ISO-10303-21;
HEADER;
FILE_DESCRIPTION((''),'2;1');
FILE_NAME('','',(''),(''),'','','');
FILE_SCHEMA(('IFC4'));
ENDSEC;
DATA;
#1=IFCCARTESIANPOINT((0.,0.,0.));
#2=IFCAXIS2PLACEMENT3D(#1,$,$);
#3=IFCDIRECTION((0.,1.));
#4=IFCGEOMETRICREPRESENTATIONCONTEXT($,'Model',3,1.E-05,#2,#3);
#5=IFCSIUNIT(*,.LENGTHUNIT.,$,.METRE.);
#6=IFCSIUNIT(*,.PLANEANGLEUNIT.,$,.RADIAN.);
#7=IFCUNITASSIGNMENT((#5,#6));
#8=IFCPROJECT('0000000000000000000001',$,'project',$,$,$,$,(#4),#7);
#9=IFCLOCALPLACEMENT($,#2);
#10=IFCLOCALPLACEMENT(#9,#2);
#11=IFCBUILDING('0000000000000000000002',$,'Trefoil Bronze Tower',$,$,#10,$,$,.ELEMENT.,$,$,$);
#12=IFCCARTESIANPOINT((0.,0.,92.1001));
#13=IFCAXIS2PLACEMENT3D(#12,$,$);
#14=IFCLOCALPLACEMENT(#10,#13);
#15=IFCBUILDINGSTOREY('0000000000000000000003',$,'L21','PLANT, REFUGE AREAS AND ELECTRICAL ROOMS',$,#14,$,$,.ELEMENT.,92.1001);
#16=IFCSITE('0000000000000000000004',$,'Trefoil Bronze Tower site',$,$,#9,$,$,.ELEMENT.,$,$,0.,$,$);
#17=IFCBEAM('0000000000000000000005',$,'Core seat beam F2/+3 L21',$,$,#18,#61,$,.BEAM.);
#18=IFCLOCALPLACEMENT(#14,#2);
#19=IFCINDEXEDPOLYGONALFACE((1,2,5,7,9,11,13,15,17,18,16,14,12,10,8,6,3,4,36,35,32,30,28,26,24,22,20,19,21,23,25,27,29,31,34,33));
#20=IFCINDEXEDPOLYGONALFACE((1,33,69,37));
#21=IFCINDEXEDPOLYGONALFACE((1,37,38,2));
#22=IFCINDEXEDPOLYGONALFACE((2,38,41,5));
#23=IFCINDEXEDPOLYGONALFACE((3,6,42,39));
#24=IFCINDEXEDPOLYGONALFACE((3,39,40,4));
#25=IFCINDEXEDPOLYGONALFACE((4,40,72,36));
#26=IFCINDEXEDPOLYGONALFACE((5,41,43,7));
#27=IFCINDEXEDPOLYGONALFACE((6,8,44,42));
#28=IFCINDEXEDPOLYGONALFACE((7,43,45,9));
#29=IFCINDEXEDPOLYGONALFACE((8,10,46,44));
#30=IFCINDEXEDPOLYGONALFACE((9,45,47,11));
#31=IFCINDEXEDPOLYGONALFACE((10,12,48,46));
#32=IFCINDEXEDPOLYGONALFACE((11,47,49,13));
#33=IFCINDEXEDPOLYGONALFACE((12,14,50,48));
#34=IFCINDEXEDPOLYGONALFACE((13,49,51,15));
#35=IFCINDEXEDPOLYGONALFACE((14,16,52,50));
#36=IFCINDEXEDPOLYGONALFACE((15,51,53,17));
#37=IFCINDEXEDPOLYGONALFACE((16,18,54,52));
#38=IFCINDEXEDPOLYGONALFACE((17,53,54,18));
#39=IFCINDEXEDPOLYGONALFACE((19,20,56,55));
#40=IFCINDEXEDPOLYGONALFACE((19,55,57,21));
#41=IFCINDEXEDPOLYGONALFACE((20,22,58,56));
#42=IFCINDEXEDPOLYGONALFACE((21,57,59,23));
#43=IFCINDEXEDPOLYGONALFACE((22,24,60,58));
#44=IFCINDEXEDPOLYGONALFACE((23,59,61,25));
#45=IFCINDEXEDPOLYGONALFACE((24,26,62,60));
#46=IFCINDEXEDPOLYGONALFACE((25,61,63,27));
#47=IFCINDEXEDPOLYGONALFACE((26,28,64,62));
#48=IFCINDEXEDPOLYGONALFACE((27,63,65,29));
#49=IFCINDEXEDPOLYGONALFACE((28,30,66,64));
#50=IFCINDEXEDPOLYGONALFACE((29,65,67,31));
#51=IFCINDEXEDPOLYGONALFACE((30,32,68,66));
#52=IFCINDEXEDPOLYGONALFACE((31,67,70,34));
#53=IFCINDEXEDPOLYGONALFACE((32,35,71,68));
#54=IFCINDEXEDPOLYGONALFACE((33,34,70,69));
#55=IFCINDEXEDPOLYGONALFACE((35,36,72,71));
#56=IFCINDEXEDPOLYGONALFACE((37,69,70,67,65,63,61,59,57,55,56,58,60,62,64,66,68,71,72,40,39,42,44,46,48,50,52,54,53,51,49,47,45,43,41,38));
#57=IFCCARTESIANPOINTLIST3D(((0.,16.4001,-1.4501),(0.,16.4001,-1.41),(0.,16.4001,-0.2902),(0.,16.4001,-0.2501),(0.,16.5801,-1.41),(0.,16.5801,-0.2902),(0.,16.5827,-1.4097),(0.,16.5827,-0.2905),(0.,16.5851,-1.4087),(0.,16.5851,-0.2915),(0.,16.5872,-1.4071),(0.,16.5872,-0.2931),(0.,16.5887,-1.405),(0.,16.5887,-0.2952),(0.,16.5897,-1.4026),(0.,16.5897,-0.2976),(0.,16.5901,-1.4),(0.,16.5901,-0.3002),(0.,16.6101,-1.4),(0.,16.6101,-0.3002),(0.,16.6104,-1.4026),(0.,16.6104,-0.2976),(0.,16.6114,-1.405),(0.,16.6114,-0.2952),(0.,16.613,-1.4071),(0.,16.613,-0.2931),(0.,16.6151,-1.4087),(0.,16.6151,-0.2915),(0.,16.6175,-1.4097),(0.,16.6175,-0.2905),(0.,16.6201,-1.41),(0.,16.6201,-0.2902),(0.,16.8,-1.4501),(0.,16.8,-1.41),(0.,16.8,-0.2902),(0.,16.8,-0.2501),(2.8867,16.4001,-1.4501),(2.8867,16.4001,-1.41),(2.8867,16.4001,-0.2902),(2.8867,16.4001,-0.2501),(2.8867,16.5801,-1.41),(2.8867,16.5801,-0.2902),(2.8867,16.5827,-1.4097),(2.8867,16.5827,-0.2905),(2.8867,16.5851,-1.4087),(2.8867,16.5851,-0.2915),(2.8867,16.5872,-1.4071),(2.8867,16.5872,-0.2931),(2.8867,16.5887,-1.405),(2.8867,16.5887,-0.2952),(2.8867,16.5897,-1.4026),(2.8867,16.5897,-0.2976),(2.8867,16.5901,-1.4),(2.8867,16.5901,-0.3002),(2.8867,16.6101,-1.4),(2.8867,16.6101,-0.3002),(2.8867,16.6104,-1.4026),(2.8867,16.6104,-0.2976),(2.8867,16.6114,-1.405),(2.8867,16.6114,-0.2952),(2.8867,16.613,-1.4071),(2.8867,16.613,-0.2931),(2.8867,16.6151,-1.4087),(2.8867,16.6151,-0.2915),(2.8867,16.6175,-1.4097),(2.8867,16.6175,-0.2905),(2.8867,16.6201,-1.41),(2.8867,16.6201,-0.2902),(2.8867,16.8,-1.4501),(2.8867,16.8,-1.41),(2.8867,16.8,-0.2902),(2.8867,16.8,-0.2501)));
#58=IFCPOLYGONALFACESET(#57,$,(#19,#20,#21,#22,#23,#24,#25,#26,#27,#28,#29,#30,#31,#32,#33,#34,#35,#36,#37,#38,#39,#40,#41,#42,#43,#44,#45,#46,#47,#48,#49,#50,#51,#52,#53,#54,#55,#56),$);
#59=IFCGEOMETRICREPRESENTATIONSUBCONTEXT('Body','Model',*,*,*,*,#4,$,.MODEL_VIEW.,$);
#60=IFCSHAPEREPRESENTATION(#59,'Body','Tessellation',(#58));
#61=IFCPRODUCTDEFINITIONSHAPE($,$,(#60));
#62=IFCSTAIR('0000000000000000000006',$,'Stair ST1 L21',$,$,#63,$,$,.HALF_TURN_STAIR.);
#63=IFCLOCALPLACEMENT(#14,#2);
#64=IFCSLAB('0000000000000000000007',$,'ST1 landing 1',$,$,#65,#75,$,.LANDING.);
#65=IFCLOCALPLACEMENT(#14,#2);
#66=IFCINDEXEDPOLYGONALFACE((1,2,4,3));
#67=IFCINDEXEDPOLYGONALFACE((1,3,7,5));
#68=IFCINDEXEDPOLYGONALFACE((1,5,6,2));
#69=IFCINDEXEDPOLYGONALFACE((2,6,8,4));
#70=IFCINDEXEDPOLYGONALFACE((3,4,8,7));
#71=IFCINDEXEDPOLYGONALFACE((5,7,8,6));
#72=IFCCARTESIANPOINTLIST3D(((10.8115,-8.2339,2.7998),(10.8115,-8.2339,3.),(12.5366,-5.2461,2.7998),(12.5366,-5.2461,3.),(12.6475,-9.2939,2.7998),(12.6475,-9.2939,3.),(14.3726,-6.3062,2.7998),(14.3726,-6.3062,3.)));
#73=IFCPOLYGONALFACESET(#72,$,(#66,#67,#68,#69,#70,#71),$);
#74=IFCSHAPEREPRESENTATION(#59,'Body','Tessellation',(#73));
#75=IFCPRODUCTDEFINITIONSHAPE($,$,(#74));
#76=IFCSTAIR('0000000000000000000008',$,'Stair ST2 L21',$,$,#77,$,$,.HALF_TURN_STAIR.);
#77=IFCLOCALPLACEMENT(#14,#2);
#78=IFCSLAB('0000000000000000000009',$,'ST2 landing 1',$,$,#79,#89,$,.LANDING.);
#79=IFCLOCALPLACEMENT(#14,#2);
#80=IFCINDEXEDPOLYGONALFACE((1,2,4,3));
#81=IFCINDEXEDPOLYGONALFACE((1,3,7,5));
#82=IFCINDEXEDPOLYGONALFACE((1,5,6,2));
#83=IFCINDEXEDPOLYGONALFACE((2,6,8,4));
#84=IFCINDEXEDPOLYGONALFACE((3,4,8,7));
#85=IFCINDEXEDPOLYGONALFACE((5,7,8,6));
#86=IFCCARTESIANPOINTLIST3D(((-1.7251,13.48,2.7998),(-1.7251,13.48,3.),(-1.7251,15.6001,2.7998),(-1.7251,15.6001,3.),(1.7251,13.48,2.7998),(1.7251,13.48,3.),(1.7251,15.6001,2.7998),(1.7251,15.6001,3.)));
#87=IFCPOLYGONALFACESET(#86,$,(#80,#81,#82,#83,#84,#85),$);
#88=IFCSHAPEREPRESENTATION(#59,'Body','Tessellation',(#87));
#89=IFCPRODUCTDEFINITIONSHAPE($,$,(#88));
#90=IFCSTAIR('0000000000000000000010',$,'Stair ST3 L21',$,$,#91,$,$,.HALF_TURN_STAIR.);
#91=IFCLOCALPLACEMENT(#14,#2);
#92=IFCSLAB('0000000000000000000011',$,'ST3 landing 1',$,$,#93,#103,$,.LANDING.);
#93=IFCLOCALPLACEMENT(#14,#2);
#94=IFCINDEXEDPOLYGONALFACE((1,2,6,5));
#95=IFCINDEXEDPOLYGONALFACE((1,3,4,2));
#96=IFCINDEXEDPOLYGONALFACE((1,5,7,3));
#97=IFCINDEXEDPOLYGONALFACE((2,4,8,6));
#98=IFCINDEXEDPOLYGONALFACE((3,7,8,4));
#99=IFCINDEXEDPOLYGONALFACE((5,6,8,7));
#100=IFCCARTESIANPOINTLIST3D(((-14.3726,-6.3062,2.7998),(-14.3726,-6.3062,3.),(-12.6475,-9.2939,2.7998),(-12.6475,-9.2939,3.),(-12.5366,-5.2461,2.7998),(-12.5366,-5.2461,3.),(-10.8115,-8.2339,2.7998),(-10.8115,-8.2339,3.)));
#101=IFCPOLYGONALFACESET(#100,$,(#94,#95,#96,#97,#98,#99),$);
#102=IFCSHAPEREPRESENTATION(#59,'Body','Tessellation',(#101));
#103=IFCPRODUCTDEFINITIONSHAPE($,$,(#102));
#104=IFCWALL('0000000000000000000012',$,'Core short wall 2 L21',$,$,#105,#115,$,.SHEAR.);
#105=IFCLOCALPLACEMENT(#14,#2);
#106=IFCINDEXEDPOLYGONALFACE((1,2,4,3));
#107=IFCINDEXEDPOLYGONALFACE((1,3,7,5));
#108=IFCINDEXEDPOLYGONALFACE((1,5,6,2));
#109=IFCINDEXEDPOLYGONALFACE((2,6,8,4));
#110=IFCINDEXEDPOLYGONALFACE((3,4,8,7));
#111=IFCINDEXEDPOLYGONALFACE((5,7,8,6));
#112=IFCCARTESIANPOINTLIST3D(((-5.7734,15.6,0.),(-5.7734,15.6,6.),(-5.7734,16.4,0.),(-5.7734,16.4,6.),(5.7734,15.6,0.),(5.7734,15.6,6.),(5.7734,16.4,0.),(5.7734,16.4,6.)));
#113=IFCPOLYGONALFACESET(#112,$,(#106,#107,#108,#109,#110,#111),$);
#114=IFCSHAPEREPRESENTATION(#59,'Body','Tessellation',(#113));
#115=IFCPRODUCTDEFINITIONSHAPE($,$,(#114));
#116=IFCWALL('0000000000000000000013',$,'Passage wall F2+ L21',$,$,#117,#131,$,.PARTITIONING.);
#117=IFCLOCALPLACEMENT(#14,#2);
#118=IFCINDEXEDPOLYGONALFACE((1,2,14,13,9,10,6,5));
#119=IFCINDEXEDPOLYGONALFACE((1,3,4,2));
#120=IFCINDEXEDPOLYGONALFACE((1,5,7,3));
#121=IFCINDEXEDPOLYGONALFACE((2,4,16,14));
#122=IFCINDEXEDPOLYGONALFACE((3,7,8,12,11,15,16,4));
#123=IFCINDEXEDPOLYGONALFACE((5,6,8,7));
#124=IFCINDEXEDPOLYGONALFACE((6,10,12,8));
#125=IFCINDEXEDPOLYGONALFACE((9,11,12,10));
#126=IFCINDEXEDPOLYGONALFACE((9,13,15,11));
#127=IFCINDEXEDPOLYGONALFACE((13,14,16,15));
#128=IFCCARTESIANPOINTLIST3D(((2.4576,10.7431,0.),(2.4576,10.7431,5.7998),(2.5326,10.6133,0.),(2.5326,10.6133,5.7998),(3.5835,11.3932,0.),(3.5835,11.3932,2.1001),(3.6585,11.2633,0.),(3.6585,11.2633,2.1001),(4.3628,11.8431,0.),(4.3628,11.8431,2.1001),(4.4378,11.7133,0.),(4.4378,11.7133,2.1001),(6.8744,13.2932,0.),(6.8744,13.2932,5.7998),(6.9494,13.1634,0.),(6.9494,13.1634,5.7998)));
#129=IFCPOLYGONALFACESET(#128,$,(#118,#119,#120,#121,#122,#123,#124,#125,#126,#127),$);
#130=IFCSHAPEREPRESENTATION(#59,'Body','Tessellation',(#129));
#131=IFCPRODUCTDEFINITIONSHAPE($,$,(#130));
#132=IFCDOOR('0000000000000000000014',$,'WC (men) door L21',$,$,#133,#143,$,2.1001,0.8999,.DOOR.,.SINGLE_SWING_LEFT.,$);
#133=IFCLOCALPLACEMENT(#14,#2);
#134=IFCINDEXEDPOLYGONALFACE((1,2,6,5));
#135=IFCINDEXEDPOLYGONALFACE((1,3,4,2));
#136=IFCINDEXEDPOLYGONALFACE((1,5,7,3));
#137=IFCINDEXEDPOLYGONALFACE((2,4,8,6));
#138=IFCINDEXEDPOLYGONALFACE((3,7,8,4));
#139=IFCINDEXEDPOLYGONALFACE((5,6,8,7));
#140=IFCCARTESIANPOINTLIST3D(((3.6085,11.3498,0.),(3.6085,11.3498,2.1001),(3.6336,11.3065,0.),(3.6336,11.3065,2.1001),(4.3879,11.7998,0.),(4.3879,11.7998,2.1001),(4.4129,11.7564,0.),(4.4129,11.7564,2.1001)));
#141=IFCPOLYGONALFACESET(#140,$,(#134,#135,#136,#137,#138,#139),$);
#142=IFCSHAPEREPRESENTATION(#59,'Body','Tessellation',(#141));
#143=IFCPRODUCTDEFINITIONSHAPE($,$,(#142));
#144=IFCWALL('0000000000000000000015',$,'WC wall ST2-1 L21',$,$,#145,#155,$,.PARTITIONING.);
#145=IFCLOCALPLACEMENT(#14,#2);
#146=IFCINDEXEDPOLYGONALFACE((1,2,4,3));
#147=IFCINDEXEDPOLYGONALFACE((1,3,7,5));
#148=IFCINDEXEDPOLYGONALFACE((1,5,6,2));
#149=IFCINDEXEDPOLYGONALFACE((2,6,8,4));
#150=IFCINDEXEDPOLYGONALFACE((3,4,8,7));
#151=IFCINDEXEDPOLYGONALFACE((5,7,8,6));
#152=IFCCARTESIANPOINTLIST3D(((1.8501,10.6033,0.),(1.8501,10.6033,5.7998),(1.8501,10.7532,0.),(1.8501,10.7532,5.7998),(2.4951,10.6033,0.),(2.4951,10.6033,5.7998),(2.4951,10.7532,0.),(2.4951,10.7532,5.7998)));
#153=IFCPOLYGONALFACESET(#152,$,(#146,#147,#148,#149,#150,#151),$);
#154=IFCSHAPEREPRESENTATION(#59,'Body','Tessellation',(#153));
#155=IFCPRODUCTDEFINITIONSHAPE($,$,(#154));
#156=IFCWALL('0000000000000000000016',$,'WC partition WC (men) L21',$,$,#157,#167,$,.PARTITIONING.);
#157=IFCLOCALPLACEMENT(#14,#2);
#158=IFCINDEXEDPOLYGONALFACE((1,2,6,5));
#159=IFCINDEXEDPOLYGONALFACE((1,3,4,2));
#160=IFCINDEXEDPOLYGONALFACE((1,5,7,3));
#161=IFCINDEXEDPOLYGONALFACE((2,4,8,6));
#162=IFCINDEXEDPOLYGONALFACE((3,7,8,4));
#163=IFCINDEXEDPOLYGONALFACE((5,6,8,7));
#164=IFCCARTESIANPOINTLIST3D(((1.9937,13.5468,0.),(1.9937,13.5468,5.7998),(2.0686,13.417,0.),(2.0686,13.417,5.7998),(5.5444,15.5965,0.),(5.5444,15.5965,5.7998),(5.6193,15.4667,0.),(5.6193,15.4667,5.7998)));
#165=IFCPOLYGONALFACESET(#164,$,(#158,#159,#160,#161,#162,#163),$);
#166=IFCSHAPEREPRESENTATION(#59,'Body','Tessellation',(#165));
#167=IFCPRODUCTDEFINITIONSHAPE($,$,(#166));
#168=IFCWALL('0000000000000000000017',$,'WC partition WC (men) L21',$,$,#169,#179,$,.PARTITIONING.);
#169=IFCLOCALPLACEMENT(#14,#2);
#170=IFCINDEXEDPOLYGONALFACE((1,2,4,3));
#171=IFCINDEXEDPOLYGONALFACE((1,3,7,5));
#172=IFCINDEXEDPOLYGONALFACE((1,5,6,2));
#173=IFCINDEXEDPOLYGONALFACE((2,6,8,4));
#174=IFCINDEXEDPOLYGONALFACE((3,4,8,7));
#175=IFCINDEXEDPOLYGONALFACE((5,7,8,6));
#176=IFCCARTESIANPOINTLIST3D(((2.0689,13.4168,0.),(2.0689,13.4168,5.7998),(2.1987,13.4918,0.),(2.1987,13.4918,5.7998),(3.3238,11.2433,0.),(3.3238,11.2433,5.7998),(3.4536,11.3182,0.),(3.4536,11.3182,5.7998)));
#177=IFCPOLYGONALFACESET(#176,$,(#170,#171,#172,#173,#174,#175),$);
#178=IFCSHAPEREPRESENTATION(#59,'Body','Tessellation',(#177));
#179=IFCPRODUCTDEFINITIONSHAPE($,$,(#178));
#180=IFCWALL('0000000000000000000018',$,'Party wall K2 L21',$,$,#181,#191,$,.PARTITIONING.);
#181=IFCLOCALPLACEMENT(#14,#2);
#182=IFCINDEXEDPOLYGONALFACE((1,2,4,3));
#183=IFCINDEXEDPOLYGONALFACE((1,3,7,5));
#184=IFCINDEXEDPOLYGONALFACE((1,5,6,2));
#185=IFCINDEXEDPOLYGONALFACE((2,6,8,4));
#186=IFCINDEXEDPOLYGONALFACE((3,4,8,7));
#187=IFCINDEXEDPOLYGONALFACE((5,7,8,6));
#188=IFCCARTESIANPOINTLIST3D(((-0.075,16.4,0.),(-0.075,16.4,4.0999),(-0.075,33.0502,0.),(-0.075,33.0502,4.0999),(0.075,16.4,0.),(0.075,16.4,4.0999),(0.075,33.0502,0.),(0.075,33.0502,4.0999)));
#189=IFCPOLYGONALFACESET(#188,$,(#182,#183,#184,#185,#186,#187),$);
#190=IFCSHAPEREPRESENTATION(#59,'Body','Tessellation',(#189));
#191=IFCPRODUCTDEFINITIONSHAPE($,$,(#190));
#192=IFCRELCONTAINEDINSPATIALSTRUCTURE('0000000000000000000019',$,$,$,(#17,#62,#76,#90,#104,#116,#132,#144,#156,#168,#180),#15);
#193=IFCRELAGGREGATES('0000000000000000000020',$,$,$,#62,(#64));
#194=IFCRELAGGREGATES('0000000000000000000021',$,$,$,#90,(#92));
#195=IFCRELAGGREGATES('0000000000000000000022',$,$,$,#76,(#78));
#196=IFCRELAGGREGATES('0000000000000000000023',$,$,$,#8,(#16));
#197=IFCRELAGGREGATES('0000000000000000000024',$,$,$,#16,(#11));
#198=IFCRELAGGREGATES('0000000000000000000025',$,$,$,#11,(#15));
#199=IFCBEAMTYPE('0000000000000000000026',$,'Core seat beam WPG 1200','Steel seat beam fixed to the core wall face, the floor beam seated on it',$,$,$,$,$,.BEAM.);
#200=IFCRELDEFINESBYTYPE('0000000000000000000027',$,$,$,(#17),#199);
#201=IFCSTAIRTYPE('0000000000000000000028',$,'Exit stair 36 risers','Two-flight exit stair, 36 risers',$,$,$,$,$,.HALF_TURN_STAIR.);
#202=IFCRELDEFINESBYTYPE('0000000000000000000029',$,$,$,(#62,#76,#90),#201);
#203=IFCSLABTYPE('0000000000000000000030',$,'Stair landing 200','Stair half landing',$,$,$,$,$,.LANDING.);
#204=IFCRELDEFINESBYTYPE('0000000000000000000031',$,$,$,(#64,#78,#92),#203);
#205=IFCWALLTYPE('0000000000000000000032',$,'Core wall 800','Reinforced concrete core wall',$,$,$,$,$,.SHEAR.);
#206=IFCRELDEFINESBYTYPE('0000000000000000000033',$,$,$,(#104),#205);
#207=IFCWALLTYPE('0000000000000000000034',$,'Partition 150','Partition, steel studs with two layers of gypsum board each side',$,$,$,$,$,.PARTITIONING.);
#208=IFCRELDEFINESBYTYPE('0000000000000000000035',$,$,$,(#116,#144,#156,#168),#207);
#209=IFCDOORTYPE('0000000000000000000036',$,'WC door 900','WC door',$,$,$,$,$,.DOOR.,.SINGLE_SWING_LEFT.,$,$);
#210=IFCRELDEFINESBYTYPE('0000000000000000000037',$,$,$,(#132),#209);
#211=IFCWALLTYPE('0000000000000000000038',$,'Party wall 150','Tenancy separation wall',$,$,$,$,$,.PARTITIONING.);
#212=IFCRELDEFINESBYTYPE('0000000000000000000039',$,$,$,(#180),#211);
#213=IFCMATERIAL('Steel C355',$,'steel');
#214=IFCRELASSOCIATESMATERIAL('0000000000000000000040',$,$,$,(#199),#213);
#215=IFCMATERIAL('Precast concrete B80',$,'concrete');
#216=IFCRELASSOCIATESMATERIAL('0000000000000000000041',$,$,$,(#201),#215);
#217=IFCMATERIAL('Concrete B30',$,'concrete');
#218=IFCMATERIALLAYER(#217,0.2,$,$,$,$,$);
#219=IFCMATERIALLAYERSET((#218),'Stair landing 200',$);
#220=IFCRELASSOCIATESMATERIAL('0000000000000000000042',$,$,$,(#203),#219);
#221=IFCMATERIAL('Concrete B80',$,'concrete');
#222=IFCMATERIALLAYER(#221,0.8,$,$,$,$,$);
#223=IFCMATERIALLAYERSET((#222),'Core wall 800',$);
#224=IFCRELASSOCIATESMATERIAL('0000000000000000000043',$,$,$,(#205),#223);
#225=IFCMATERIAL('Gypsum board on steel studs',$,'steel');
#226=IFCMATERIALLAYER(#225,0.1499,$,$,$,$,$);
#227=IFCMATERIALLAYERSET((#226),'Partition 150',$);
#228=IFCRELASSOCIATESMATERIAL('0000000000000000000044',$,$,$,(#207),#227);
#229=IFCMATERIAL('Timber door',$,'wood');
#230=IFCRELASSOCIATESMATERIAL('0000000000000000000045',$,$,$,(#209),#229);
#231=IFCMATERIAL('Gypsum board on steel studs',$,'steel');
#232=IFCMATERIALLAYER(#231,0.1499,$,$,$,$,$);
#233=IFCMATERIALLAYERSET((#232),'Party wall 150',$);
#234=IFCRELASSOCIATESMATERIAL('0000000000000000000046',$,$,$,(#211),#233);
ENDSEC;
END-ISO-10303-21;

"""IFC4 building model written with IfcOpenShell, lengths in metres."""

from ifc_helpers import new_model, si_unit, direction, frame, frame_2d, origin, origin_2d, place, context, subcontext, project, spatial, polyline, rectangle, i_section, outline, extrude, material, layer, layer_set, material_profile, profile_set, type_object, element, fill, aggregate, save


model = new_model("IFC4")

# Units and contexts
model_context = context("Model", 3, precision=1e-05, world=origin(), true_north=direction((0.0, 1.0)))
body_context = subcontext(model_context, "Body", "Model", "MODEL_VIEW")
ifc_project = project(units=[si_unit("LENGTHUNIT", "METRE"), si_unit("PLANEANGLEUNIT", "RADIAN")], contexts=[model_context])

# Site, building, storey
site_placement = place(None, origin())
site = spatial("IfcSite", under=ifc_project, at=site_placement, Name="Trefoil Bronze Tower site", CompositionType="ELEMENT", RefElevation=0.0)
building_placement = place(site_placement, origin())
building = spatial("IfcBuilding", under=site, at=building_placement, Name="Trefoil Bronze Tower", CompositionType="ELEMENT")
storey_placement = place(building_placement, frame((0.0, 0.0, 92.1001)))
storey = spatial("IfcBuildingStorey", under=building, at=storey_placement, Name="L21", Description="PLANT, REFUGE AREAS AND ELECTRICAL ROOMS", CompositionType="ELEMENT", Elevation=92.1001)

# Beam
ifc_material_1 = material(Name="Steel C355", Category="steel")
ifc_material_profile = material_profile(ifc_material_1, i_section(OverallWidth=0.3999, OverallDepth=1.2, WebThickness=0.02, FlangeThickness=0.04, FilletRadius=0.01, at=origin_2d()), Name="WPG 1200")
ifc_profile_set = profile_set([ifc_material_profile], Name="Steel C355")
beam_type = type_object("IfcBeamType", Name="Core seat beam WPG 1200", Description="Steel seat beam fixed to the core wall face, the floor beam seated on it", PredefinedType="BEAM", material=ifc_profile_set)
beam_placement = place(storey_placement, frame((2.8867, 16.6001, -0.8501), z_axis=(-1.0, 0.0, 0.0), x_axis=(0.0, -1.0, 0.0)))
element("IfcBeam", 1, at=beam_placement, inside=storey, type_object=beam_type, Name="Core seat beam F2/+3 L21", PredefinedType="BEAM", context=body_context, shape_type="SweptSolid", body=[
    extrude(i_section(OverallWidth=0.3999, OverallDepth=1.2, WebThickness=0.02, FlangeThickness=0.04, FilletRadius=0.01, at=origin_2d()), origin(), (0.0, 0.0, 1.0), 2.8867),
])

# Stairs, slabs
ifc_material_2 = material(Name="Precast concrete B80", Category="concrete")
stair_type = type_object("IfcStairType", Name="Exit stair 36 risers", Description="Two-flight exit stair, 36 risers", PredefinedType="HALF_TURN_STAIR", material=ifc_material_2)
stair_1_placement = place(storey_placement, origin())
stair_1 = element("IfcStair", 2, at=stair_1_placement, inside=storey, type_object=stair_type, Name="Stair ST1 L21", PredefinedType="HALF_TURN_STAIR")
ifc_material_3 = material(Name="Concrete B30", Category="concrete")
ifc_layer_1 = layer(ifc_material_3, 0.2)
ifc_layer_set_1 = layer_set([ifc_layer_1], Name="Stair landing 200")
slab_type = type_object("IfcSlabType", Name="Stair landing 200", Description="Stair half landing", PredefinedType="LANDING", material=ifc_layer_set_1)
slab_1_placement = place(storey_placement, frame((0.0, 0.0, 2.7998)))
slab_1 = element("IfcSlab", 3, at=slab_1_placement, type_object=slab_type, Name="ST1 landing 1", PredefinedType="LANDING", context=body_context, shape_type="SweptSolid", body=[
    extrude(outline(polyline([(10.8115, -8.2339), (12.6475, -9.2939), (14.3726, -6.3062), (12.5366, -5.2461), (10.8115, -8.2339)])), origin(), (0.0, 0.0, 1.0), 0.2002),
])
aggregate(stair_1, [slab_1])
stair_2_placement = place(storey_placement, origin())
stair_2 = element("IfcStair", 4, at=stair_2_placement, inside=storey, type_object=stair_type, Name="Stair ST2 L21", PredefinedType="HALF_TURN_STAIR")
slab_2_placement = place(storey_placement, frame((0.0, 0.0, 2.7998)))
slab_2 = element("IfcSlab", 5, at=slab_2_placement, type_object=slab_type, Name="ST2 landing 1", PredefinedType="LANDING", context=body_context, shape_type="SweptSolid", body=[
    extrude(outline(polyline([(1.7251, 13.48), (1.7251, 15.6001), (-1.7251, 15.6001), (-1.7251, 13.48), (1.7251, 13.48)])), origin(), (0.0, 0.0, 1.0), 0.2002),
])
stair_3_placement = place(storey_placement, origin())
stair_3 = element("IfcStair", 6, at=stair_3_placement, inside=storey, type_object=stair_type, Name="Stair ST3 L21", PredefinedType="HALF_TURN_STAIR")
slab_3_placement = place(storey_placement, frame((0.0, 0.0, 2.7998)))
slab_3 = element("IfcSlab", 7, at=slab_3_placement, type_object=slab_type, Name="ST3 landing 1", PredefinedType="LANDING", context=body_context, shape_type="SweptSolid", body=[
    extrude(outline(polyline([(-12.5366, -5.2461), (-14.3726, -6.3062), (-12.6475, -9.2939), (-10.8115, -8.2339), (-12.5366, -5.2461)])), origin(), (0.0, 0.0, 1.0), 0.2002),
])
aggregate(stair_3, [slab_3])

# Wall
ifc_material_4 = material(Name="Concrete B80", Category="concrete")
ifc_layer_2 = layer(ifc_material_4, 0.8)
ifc_layer_set_2 = layer_set([ifc_layer_2], Name="Core wall 800")
wall_type_1 = type_object("IfcWallType", Name="Core wall 800", Description="Reinforced concrete core wall", PredefinedType="SHEAR", material=ifc_layer_set_2)
wall_1_placement = place(storey_placement, frame((5.7734, 16.0, 0.0), z_axis=(0.0, 0.0, 1.0), x_axis=(-1.0, 0.0, 0.0)))
element("IfcWall", 8, at=wall_1_placement, inside=storey, type_object=wall_type_1, Name="Core short wall 2 L21", PredefinedType="SHEAR", context=body_context, shape_type="SweptSolid", body=[
    extrude(rectangle(XDim=11.5469, YDim=0.8, at=frame_2d((5.7734, 0.0))), origin(), (0.0, 0.0, 1.0), 6.0),
])

# Wall, opening, door
ifc_material_5 = material(Name="Gypsum board on steel studs", Category="steel")
ifc_layer_3 = layer(ifc_material_5, 0.1499)
ifc_layer_set_3 = layer_set([ifc_layer_3], Name="Partition 150")
wall_type_2 = type_object("IfcWallType", Name="Partition 150", Description="Partition, steel studs with two layers of gypsum board each side", PredefinedType="PARTITIONING", material=ifc_layer_set_3)
wall_2_placement = place(storey_placement, frame((2.4951, 10.6782, 0.0), z_axis=(0.0, 0.0, 1.0), x_axis=(0.866022, 0.500006, 0.0)))
wall_2 = element("IfcWall", 9, at=wall_2_placement, inside=storey, type_object=wall_type_2, Name="Passage wall F2+ L21", PredefinedType="PARTITIONING", context=body_context, shape_type="SweptSolid", body=[
    extrude(rectangle(XDim=5.1001, YDim=0.1499, at=frame_2d((2.55, 0.0))), origin(), (0.0, 0.0, 1.0), 5.7998),
])
opening_1_placement = place(wall_2_placement, frame((1.3, 0.0, 0.0)))
opening_1 = element("IfcOpeningElement", 10, at=opening_1_placement, cuts=wall_2, PredefinedType="OPENING", context=body_context, shape_type="SweptSolid", body=[
    extrude(rectangle(XDim=0.8999, YDim=2.1001, at=frame_2d((0.45, 1.05))), frame((0.0, 0.085, 0.0), z_axis=(0.0, -1.0, 0.0), x_axis=(1.0, 0.0, 0.0)), (0.0, 0.0, 1.0), 0.1699),
])
ifc_material_6 = material(Name="Timber door", Category="wood")
door_type_1 = type_object("IfcDoorType", Name="WC door 900", Description="WC door", OperationType="SINGLE_SWING_LEFT", PredefinedType="DOOR", material=ifc_material_6)
door_1_placement = place(opening_1_placement, origin())
door_1 = element("IfcDoor", 11, at=door_1_placement, inside=storey, type_object=door_type_1, Name="WC (men) door L21", OperationType="SINGLE_SWING_LEFT", OverallHeight=2.1001, OverallWidth=0.8999, PredefinedType="DOOR", context=body_context, shape_type="SweptSolid", body=[
    extrude(rectangle(XDim=0.8999, YDim=2.1001, at=frame_2d((0.45, 1.05))), frame((0.0, 0.0249, 0.0), z_axis=(0.0, -1.0, 0.0), x_axis=(1.0, 0.0, 0.0)), (0.0, 0.0, 1.0), 0.05),
])
fill(opening_1, door_1)

# Walls
wall_3_placement = place(storey_placement, frame((2.4951, 10.6782, 0.0), z_axis=(0.0, 0.0, 1.0), x_axis=(-1.0, 0.0, 0.0)))
element("IfcWall", 12, at=wall_3_placement, inside=storey, type_object=wall_type_2, Name="WC wall ST2-1 L21", PredefinedType="PARTITIONING", context=body_context, shape_type="SweptSolid", body=[
    extrude(rectangle(XDim=0.645, YDim=0.1499, at=frame_2d((0.3225, 0.0))), origin(), (0.0, 0.0, 1.0), 5.7998),
])
wall_4_placement = place(storey_placement, frame((2.0312, 13.4819, 0.0), z_axis=(0.0, 0.0, 1.0), x_axis=(0.866051, 0.499956, 0.0)))
element("IfcWall", 13, at=wall_4_placement, inside=storey, type_object=wall_type_2, Name="WC partition WC (men) L21", PredefinedType="PARTITIONING", context=body_context, shape_type="SweptSolid", body=[
    extrude(rectangle(XDim=4.0999, YDim=0.1499, at=frame_2d((2.0498, 0.0))), origin(), (0.0, 0.0, 1.0), 5.7998),
])
wall_5_placement = place(storey_placement, frame((3.3887, 11.2808, 0.0), z_axis=(0.0, 0.0, 1.0), x_axis=(-0.499989, 0.866032, 0.0)))
element("IfcWall", 14, at=wall_5_placement, inside=storey, type_object=wall_type_2, Name="WC partition WC (men) L21", PredefinedType="PARTITIONING", context=body_context, shape_type="SweptSolid", body=[
    extrude(rectangle(XDim=2.5098, YDim=0.1499, at=frame_2d((1.2549, 0.0))), origin(), (0.0, 0.0, 1.0), 5.7998),
])
ifc_material_7 = material(Name="Gypsum board on steel studs", Category="steel")
ifc_layer_4 = layer(ifc_material_7, 0.1499)
ifc_layer_set_4 = layer_set([ifc_layer_4], Name="Party wall 150")
wall_type_3 = type_object("IfcWallType", Name="Party wall 150", Description="Tenancy separation wall", PredefinedType="PARTITIONING", material=ifc_layer_set_4)
wall_6_placement = place(storey_placement, frame((0.0, 16.3999, 0.0), z_axis=(0.0, 0.0, 1.0), x_axis=(0.0, 1.0, 0.0)))
element("IfcWall", 15, at=wall_6_placement, inside=storey, type_object=wall_type_3, Name="Party wall K2 L21", PredefinedType="PARTITIONING", context=body_context, shape_type="SweptSolid", body=[
    extrude(rectangle(XDim=16.6501, YDim=0.1499, at=frame_2d((8.3252, 0.0))), origin(), (0.0, 0.0, 1.0), 4.0999),
])

aggregate(stair_2, [slab_2])

save(model, "model.ifc")
